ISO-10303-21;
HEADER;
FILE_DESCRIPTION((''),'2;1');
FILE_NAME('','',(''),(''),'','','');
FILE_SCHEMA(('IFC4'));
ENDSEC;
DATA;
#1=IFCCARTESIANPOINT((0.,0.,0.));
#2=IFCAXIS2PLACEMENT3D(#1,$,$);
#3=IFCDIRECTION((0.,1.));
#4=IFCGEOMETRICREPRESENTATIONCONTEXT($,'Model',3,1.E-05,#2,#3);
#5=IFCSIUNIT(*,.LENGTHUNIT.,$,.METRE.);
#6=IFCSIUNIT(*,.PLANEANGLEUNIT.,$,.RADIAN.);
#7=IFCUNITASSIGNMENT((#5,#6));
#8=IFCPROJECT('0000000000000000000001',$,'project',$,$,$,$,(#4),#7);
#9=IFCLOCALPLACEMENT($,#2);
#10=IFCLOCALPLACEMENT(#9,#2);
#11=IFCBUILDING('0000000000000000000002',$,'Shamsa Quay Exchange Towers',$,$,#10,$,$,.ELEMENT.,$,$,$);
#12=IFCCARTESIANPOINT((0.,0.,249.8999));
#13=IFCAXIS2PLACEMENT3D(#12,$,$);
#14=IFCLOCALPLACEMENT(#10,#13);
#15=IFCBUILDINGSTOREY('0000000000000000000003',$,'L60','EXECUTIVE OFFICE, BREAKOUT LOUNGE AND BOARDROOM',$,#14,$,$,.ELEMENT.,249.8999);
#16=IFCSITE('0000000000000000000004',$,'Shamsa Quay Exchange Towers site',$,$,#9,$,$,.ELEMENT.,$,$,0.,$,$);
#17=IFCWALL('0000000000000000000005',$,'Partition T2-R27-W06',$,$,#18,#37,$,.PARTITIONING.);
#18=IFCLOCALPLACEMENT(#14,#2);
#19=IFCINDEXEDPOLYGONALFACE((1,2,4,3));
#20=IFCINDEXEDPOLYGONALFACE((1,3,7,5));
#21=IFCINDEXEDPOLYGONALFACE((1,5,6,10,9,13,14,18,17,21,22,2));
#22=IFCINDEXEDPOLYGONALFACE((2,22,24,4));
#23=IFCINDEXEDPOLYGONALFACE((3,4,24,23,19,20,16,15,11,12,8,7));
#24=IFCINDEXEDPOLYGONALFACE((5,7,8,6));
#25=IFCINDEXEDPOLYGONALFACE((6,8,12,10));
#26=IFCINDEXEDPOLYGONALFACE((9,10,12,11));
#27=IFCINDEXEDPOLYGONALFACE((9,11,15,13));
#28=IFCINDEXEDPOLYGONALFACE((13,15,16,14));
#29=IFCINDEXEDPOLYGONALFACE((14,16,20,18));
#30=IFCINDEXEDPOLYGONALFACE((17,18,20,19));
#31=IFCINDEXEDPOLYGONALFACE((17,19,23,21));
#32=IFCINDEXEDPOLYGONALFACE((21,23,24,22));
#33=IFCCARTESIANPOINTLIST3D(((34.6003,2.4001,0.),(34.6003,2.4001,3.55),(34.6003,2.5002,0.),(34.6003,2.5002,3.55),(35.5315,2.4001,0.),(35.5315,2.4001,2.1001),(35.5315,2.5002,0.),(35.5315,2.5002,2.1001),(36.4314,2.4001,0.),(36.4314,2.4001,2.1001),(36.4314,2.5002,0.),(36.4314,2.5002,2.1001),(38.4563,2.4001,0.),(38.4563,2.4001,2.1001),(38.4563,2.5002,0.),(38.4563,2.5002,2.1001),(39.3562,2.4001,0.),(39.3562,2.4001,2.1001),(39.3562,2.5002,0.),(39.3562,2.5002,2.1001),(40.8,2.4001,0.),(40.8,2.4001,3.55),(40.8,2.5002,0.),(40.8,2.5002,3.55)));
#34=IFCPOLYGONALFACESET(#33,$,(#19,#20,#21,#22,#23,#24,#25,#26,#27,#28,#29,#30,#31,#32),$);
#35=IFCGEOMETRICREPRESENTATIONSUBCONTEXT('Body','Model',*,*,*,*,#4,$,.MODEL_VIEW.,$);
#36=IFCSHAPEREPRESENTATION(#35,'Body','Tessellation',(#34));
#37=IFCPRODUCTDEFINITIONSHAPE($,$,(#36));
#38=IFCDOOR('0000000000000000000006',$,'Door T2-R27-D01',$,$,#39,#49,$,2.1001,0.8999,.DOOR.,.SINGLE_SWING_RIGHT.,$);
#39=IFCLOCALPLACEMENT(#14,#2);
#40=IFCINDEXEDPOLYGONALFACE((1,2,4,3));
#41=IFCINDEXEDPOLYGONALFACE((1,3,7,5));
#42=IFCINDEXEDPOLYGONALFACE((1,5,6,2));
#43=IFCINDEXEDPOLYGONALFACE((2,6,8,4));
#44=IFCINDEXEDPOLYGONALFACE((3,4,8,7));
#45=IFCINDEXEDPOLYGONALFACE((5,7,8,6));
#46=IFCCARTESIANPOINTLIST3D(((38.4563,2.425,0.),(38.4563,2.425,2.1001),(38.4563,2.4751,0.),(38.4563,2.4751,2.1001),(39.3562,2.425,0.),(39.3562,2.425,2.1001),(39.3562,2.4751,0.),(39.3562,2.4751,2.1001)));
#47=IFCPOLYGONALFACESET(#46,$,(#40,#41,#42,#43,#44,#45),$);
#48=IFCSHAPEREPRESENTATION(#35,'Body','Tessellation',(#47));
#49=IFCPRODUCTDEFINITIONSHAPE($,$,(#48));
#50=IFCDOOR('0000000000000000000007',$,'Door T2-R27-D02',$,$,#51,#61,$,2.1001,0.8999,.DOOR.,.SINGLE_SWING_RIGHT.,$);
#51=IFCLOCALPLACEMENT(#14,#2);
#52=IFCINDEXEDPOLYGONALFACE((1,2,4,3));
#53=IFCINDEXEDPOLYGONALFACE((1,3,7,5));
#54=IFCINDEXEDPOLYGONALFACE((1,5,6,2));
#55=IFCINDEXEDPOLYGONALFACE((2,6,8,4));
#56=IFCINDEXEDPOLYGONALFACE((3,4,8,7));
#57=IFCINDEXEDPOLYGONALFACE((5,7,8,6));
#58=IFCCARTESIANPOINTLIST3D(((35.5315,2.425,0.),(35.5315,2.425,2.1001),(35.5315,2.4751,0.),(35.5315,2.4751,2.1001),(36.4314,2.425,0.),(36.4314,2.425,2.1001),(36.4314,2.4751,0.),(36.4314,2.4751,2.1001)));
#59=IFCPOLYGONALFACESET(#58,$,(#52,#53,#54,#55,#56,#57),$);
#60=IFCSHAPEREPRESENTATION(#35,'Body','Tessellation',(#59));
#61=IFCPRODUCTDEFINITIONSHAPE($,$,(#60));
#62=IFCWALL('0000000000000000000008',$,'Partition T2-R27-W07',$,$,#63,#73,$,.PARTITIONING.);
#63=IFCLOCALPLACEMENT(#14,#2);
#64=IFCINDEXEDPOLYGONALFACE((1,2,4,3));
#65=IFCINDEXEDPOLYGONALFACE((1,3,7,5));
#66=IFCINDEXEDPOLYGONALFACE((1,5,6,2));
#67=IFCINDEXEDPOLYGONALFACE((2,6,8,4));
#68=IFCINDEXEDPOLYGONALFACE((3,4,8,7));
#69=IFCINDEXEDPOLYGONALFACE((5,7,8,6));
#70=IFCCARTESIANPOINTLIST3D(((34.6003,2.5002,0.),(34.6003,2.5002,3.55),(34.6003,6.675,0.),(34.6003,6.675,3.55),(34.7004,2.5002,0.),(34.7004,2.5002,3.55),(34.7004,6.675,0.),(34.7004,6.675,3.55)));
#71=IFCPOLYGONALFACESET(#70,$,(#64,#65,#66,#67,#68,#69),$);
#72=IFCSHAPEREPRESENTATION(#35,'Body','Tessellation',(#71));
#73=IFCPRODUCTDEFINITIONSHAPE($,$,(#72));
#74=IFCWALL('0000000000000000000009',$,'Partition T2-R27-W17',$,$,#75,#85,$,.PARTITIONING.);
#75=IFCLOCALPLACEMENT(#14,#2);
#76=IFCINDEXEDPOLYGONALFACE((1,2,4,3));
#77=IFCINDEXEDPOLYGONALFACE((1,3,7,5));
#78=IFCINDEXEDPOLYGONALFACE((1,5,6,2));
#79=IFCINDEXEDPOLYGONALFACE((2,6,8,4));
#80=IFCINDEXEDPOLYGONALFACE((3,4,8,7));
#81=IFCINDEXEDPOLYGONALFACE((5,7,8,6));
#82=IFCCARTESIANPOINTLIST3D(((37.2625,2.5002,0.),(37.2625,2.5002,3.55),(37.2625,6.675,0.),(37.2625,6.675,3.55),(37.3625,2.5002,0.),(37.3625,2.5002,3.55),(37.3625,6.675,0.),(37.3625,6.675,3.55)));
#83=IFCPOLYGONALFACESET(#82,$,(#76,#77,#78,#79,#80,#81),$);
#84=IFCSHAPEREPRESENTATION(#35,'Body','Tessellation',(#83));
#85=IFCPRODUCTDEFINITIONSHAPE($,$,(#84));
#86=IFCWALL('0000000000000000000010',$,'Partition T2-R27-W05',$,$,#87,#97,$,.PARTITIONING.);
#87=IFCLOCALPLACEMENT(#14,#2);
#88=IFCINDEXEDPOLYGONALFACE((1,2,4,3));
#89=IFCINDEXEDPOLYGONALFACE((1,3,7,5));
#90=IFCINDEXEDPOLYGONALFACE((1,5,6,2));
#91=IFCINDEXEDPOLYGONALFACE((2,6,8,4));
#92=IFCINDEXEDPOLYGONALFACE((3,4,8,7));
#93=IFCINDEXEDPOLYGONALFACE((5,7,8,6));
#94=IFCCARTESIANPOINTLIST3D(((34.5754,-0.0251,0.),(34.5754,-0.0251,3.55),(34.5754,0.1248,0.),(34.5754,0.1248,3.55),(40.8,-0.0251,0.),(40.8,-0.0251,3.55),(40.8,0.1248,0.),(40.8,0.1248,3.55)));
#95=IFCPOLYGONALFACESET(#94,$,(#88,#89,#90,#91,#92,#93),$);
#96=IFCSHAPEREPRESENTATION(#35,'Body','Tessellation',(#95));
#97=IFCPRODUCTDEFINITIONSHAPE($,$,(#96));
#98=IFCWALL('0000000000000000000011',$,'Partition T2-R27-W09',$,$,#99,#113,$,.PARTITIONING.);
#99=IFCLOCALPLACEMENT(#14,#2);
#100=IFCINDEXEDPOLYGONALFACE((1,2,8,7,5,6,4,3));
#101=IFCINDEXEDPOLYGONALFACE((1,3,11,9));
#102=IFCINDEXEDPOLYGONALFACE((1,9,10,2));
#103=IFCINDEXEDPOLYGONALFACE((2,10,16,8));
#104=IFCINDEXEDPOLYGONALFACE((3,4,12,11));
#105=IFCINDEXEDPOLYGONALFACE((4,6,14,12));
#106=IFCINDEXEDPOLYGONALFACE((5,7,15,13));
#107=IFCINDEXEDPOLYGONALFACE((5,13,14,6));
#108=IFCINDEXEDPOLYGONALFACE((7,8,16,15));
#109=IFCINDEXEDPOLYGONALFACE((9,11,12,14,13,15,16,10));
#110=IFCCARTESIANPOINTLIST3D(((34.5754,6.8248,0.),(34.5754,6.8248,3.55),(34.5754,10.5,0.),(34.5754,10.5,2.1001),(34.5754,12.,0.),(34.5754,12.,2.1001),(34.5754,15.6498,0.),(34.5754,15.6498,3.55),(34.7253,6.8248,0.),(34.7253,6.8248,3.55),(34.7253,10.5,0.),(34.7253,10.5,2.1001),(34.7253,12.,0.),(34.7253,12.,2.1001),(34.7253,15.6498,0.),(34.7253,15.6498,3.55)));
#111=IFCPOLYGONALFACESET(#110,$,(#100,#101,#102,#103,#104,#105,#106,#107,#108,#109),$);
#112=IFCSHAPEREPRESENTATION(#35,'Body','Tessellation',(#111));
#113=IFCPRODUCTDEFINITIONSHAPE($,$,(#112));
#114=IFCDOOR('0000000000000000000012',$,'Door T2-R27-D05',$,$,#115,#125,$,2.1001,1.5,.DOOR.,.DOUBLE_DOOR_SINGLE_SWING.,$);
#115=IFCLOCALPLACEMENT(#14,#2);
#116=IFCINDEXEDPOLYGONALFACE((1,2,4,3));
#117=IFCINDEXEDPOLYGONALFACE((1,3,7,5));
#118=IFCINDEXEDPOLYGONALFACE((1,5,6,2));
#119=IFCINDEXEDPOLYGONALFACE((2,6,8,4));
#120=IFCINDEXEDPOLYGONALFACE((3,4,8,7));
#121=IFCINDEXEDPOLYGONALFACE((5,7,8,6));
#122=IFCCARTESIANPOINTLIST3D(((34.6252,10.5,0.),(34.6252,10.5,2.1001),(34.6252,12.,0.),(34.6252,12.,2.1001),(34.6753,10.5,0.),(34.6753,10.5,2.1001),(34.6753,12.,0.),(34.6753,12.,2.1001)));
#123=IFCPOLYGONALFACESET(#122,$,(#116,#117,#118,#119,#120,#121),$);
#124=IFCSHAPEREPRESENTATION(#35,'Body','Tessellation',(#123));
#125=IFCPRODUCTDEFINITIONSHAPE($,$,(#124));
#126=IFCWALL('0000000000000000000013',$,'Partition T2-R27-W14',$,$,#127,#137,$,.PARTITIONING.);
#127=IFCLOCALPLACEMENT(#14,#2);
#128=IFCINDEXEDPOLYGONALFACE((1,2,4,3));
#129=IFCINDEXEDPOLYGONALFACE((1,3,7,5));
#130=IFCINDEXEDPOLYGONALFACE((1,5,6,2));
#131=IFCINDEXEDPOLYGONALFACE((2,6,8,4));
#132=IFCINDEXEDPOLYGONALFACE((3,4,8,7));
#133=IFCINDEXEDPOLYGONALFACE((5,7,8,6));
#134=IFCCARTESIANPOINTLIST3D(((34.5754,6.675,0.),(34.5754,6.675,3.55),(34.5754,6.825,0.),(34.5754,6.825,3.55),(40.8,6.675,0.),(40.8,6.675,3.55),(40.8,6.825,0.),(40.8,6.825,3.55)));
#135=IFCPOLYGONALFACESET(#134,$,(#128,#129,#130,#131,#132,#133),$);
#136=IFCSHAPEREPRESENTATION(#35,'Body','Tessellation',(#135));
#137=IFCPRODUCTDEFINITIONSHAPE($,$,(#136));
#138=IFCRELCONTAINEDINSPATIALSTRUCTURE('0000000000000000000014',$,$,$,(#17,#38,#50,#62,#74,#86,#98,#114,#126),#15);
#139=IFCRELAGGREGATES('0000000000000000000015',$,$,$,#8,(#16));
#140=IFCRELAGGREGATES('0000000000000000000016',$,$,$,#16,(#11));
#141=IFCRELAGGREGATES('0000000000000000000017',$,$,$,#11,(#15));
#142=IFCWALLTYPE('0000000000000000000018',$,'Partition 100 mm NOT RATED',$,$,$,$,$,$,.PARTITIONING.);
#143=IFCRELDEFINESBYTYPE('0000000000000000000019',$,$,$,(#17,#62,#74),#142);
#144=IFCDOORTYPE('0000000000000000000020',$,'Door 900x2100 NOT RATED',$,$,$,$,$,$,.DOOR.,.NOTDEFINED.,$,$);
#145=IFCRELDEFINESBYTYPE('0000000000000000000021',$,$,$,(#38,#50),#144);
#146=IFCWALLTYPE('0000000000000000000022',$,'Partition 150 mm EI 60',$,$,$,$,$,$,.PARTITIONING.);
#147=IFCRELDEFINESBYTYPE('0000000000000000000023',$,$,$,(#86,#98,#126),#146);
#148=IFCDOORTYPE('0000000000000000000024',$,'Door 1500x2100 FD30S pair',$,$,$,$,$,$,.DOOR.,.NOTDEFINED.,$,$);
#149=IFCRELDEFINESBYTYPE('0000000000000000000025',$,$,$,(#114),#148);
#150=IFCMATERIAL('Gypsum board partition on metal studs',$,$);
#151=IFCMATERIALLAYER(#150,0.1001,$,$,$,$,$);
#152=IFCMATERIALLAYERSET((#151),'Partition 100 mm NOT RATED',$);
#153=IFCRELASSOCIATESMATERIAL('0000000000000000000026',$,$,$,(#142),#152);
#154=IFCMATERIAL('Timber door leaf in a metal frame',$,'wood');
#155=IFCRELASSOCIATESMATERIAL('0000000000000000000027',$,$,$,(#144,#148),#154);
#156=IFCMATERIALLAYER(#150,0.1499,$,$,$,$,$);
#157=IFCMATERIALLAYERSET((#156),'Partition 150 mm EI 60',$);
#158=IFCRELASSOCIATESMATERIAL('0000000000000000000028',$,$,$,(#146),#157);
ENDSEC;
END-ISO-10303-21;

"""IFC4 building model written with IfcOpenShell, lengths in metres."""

from ifc_helpers import new_model, si_unit, direction, frame, frame_2d, origin, place, context, subcontext, project, spatial, rectangle, extrude, material, layer, layer_set, type_object, element, fill, save


model = new_model("IFC4")

# Units and contexts
model_context = context("Model", 3, precision=1e-05, world=origin(), true_north=direction((0.0, 1.0)))
body_context = subcontext(model_context, "Body", "Model", "MODEL_VIEW")
ifc_project = project(units=[si_unit("LENGTHUNIT", "METRE"), si_unit("PLANEANGLEUNIT", "RADIAN")], contexts=[model_context])

# Site, building, storey
site_placement = place(None, origin())
site = spatial("IfcSite", under=ifc_project, at=site_placement, Name="Shamsa Quay Exchange Towers site", CompositionType="ELEMENT", RefElevation=0.0)
building_placement = place(site_placement, origin())
building = spatial("IfcBuilding", under=site, at=building_placement, Name="Shamsa Quay Exchange Towers", CompositionType="ELEMENT")
storey_placement = place(building_placement, frame((0.0, 0.0, 249.8999)))
storey = spatial("IfcBuildingStorey", under=building, at=storey_placement, Name="L60", Description="EXECUTIVE OFFICE, BREAKOUT LOUNGE AND BOARDROOM", CompositionType="ELEMENT", Elevation=249.8999)

# Wall, openings, doors
ifc_material_1 = material(Name="Gypsum board partition on metal studs")
ifc_layer_1 = layer(ifc_material_1, 0.1001)
ifc_layer_set_1 = layer_set([ifc_layer_1], Name="Partition 100 mm NOT RATED")
wall_type_1 = type_object("IfcWallType", Name="Partition 100 mm NOT RATED", PredefinedType="PARTITIONING", material=ifc_layer_set_1)
wall_1_placement = place(storey_placement, frame((34.6003, 2.4502, 0.0)))
wall_1 = element("IfcWall", 1, at=wall_1_placement, inside=storey, type_object=wall_type_1, Name="Partition T2-R27-W06", PredefinedType="PARTITIONING", context=body_context, shape_type="SweptSolid", body=[
    extrude(rectangle(XDim=6.1997, YDim=0.1001, at=frame_2d((3.0999, 0.0))), origin(), (0.0, 0.0, 1.0), 3.55),
])
opening_1_placement = place(wall_1_placement, frame((3.856, 0.0, 0.0)))
opening_1 = element("IfcOpeningElement", 2, at=opening_1_placement, cuts=wall_1, PredefinedType="OPENING", context=body_context, shape_type="SweptSolid", body=[
    extrude(rectangle(XDim=0.8999, YDim=2.1001, at=frame_2d((0.45, 1.05))), frame((0.0, 0.0601, 0.0), z_axis=(0.0, -1.0, 0.0), x_axis=(1.0, 0.0, 0.0)), (0.0, 0.0, 1.0), 0.1201),
])
opening_2_placement = place(wall_1_placement, frame((0.9312, 0.0, 0.0)))
opening_2 = element("IfcOpeningElement", 3, at=opening_2_placement, cuts=wall_1, PredefinedType="OPENING", context=body_context, shape_type="SweptSolid", body=[
    extrude(rectangle(XDim=0.8999, YDim=2.1001, at=frame_2d((0.45, 1.05))), frame((0.0, 0.0601, 0.0), z_axis=(0.0, -1.0, 0.0), x_axis=(1.0, 0.0, 0.0)), (0.0, 0.0, 1.0), 0.1201),
])
ifc_material_2 = material(Name="Timber door leaf in a metal frame", Category="wood")
door_type_1 = type_object("IfcDoorType", Name="Door 900x2100 NOT RATED", OperationType="NOTDEFINED", PredefinedType="DOOR", material=ifc_material_2)
door_1_placement = place(opening_1_placement, origin())
door_1 = element("IfcDoor", 4, at=door_1_placement, inside=storey, type_object=door_type_1, Name="Door T2-R27-D01", OperationType="SINGLE_SWING_RIGHT", OverallHeight=2.1001, OverallWidth=0.8999, PredefinedType="DOOR", context=body_context, shape_type="SweptSolid", body=[
    extrude(rectangle(XDim=0.8999, YDim=2.1001, at=frame_2d((0.45, 1.05))), frame((0.0, 0.0249, 0.0), z_axis=(0.0, -1.0, 0.0), x_axis=(1.0, 0.0, 0.0)), (0.0, 0.0, 1.0), 0.05),
])
fill(opening_1, door_1)
door_2_placement = place(opening_2_placement, origin())
door_2 = element("IfcDoor", 5, at=door_2_placement, inside=storey, type_object=door_type_1, Name="Door T2-R27-D02", OperationType="SINGLE_SWING_RIGHT", OverallHeight=2.1001, OverallWidth=0.8999, PredefinedType="DOOR", context=body_context, shape_type="SweptSolid", body=[
    extrude(rectangle(XDim=0.8999, YDim=2.1001, at=frame_2d((0.45, 1.05))), frame((0.0, 0.0249, 0.0), z_axis=(0.0, -1.0, 0.0), x_axis=(1.0, 0.0, 0.0)), (0.0, 0.0, 1.0), 0.05),
])
fill(opening_2, door_2)

# Walls
for number, where, z_axis, x_axis, name in (
    (6, (34.6504, 6.675, 0.0), (0.0, 0.0, 1.0), (0.0, -1.0, 0.0), "Partition T2-R27-W07"),
    (7, (37.3125, 6.675, 0.0), (0.0, 0.0, 1.0), (0.0, -1.0, 0.0), "Partition T2-R27-W17"),
):
    element("IfcWall", number, at=place(storey_placement, frame(where, z_axis=z_axis, x_axis=x_axis)), inside=storey, type_object=wall_type_1, Name=name, PredefinedType="PARTITIONING", context=body_context, shape_type="SweptSolid", body=[
        extrude(rectangle(XDim=4.1748, YDim=0.1001, at=frame_2d((2.0874, 0.0))), origin(), (0.0, 0.0, 1.0), 3.55),
    ])
ifc_layer_2 = layer(ifc_material_1, 0.1499)
ifc_layer_set_2 = layer_set([ifc_layer_2], Name="Partition 150 mm EI 60")
wall_type_2 = type_object("IfcWallType", Name="Partition 150 mm EI 60", PredefinedType="PARTITIONING", material=ifc_layer_set_2)
wall_2_placement = place(storey_placement, frame((40.8, 0.0498, 0.0), z_axis=(0.0, 0.0, 1.0), x_axis=(-1.0, 0.0, 0.0)))
element("IfcWall", 8, at=wall_2_placement, inside=storey, type_object=wall_type_2, Name="Partition T2-R27-W05", PredefinedType="PARTITIONING", context=body_context, shape_type="SweptSolid", body=[
    extrude(rectangle(XDim=6.2246, YDim=0.1499, at=frame_2d((3.1123, 0.0))), origin(), (0.0, 0.0, 1.0), 3.55),
])

# Wall, opening, door
wall_3_placement = place(storey_placement, frame((34.6504, 15.6499, 0.0), z_axis=(0.0, 0.0, 1.0), x_axis=(0.0, -1.0, 0.0)))
wall_3 = element("IfcWall", 9, at=wall_3_placement, inside=storey, type_object=wall_type_2, Name="Partition T2-R27-W09", PredefinedType="PARTITIONING", context=body_context, shape_type="SweptSolid", body=[
    extrude(rectangle(XDim=8.825, YDim=0.1499, at=frame_2d((4.4126, 0.0))), origin(), (0.0, 0.0, 1.0), 3.55),
])
opening_3_placement = place(wall_3_placement, frame((3.6499, 0.0, 0.0)))
opening_3 = element("IfcOpeningElement", 10, at=opening_3_placement, cuts=wall_3, PredefinedType="OPENING", context=body_context, shape_type="SweptSolid", body=[
    extrude(rectangle(XDim=1.5, YDim=2.1001, at=frame_2d((0.75, 1.05))), frame((0.0, 0.085, 0.0), z_axis=(0.0, -1.0, 0.0), x_axis=(1.0, 0.0, 0.0)), (0.0, 0.0, 1.0), 0.1699),
])
door_type_2 = type_object("IfcDoorType", Name="Door 1500x2100 FD30S pair", OperationType="NOTDEFINED", PredefinedType="DOOR", material=ifc_material_2)
door_3_placement = place(opening_3_placement, origin())
door_3 = element("IfcDoor", 11, at=door_3_placement, inside=storey, type_object=door_type_2, Name="Door T2-R27-D05", OperationType="DOUBLE_DOOR_SINGLE_SWING", OverallHeight=2.1001, OverallWidth=1.5, PredefinedType="DOOR", context=body_context, shape_type="SweptSolid", body=[
    extrude(rectangle(XDim=1.5, YDim=2.1001, at=frame_2d((0.75, 1.05))), frame((0.0, 0.0249, 0.0), z_axis=(0.0, -1.0, 0.0), x_axis=(1.0, 0.0, 0.0)), (0.0, 0.0, 1.0), 0.05),
])
fill(opening_3, door_3)

# Wall
wall_4_placement = place(storey_placement, frame((40.8, 6.75, 0.0), z_axis=(0.0, 0.0, 1.0), x_axis=(-1.0, 0.0, 0.0)))
element("IfcWall", 12, at=wall_4_placement, inside=storey, type_object=wall_type_2, Name="Partition T2-R27-W14", PredefinedType="PARTITIONING", context=body_context, shape_type="SweptSolid", body=[
    extrude(rectangle(XDim=6.2246, YDim=0.1499, at=frame_2d((3.1123, 0.0))), origin(), (0.0, 0.0, 1.0), 3.55),
])

save(model, "model.ifc")
